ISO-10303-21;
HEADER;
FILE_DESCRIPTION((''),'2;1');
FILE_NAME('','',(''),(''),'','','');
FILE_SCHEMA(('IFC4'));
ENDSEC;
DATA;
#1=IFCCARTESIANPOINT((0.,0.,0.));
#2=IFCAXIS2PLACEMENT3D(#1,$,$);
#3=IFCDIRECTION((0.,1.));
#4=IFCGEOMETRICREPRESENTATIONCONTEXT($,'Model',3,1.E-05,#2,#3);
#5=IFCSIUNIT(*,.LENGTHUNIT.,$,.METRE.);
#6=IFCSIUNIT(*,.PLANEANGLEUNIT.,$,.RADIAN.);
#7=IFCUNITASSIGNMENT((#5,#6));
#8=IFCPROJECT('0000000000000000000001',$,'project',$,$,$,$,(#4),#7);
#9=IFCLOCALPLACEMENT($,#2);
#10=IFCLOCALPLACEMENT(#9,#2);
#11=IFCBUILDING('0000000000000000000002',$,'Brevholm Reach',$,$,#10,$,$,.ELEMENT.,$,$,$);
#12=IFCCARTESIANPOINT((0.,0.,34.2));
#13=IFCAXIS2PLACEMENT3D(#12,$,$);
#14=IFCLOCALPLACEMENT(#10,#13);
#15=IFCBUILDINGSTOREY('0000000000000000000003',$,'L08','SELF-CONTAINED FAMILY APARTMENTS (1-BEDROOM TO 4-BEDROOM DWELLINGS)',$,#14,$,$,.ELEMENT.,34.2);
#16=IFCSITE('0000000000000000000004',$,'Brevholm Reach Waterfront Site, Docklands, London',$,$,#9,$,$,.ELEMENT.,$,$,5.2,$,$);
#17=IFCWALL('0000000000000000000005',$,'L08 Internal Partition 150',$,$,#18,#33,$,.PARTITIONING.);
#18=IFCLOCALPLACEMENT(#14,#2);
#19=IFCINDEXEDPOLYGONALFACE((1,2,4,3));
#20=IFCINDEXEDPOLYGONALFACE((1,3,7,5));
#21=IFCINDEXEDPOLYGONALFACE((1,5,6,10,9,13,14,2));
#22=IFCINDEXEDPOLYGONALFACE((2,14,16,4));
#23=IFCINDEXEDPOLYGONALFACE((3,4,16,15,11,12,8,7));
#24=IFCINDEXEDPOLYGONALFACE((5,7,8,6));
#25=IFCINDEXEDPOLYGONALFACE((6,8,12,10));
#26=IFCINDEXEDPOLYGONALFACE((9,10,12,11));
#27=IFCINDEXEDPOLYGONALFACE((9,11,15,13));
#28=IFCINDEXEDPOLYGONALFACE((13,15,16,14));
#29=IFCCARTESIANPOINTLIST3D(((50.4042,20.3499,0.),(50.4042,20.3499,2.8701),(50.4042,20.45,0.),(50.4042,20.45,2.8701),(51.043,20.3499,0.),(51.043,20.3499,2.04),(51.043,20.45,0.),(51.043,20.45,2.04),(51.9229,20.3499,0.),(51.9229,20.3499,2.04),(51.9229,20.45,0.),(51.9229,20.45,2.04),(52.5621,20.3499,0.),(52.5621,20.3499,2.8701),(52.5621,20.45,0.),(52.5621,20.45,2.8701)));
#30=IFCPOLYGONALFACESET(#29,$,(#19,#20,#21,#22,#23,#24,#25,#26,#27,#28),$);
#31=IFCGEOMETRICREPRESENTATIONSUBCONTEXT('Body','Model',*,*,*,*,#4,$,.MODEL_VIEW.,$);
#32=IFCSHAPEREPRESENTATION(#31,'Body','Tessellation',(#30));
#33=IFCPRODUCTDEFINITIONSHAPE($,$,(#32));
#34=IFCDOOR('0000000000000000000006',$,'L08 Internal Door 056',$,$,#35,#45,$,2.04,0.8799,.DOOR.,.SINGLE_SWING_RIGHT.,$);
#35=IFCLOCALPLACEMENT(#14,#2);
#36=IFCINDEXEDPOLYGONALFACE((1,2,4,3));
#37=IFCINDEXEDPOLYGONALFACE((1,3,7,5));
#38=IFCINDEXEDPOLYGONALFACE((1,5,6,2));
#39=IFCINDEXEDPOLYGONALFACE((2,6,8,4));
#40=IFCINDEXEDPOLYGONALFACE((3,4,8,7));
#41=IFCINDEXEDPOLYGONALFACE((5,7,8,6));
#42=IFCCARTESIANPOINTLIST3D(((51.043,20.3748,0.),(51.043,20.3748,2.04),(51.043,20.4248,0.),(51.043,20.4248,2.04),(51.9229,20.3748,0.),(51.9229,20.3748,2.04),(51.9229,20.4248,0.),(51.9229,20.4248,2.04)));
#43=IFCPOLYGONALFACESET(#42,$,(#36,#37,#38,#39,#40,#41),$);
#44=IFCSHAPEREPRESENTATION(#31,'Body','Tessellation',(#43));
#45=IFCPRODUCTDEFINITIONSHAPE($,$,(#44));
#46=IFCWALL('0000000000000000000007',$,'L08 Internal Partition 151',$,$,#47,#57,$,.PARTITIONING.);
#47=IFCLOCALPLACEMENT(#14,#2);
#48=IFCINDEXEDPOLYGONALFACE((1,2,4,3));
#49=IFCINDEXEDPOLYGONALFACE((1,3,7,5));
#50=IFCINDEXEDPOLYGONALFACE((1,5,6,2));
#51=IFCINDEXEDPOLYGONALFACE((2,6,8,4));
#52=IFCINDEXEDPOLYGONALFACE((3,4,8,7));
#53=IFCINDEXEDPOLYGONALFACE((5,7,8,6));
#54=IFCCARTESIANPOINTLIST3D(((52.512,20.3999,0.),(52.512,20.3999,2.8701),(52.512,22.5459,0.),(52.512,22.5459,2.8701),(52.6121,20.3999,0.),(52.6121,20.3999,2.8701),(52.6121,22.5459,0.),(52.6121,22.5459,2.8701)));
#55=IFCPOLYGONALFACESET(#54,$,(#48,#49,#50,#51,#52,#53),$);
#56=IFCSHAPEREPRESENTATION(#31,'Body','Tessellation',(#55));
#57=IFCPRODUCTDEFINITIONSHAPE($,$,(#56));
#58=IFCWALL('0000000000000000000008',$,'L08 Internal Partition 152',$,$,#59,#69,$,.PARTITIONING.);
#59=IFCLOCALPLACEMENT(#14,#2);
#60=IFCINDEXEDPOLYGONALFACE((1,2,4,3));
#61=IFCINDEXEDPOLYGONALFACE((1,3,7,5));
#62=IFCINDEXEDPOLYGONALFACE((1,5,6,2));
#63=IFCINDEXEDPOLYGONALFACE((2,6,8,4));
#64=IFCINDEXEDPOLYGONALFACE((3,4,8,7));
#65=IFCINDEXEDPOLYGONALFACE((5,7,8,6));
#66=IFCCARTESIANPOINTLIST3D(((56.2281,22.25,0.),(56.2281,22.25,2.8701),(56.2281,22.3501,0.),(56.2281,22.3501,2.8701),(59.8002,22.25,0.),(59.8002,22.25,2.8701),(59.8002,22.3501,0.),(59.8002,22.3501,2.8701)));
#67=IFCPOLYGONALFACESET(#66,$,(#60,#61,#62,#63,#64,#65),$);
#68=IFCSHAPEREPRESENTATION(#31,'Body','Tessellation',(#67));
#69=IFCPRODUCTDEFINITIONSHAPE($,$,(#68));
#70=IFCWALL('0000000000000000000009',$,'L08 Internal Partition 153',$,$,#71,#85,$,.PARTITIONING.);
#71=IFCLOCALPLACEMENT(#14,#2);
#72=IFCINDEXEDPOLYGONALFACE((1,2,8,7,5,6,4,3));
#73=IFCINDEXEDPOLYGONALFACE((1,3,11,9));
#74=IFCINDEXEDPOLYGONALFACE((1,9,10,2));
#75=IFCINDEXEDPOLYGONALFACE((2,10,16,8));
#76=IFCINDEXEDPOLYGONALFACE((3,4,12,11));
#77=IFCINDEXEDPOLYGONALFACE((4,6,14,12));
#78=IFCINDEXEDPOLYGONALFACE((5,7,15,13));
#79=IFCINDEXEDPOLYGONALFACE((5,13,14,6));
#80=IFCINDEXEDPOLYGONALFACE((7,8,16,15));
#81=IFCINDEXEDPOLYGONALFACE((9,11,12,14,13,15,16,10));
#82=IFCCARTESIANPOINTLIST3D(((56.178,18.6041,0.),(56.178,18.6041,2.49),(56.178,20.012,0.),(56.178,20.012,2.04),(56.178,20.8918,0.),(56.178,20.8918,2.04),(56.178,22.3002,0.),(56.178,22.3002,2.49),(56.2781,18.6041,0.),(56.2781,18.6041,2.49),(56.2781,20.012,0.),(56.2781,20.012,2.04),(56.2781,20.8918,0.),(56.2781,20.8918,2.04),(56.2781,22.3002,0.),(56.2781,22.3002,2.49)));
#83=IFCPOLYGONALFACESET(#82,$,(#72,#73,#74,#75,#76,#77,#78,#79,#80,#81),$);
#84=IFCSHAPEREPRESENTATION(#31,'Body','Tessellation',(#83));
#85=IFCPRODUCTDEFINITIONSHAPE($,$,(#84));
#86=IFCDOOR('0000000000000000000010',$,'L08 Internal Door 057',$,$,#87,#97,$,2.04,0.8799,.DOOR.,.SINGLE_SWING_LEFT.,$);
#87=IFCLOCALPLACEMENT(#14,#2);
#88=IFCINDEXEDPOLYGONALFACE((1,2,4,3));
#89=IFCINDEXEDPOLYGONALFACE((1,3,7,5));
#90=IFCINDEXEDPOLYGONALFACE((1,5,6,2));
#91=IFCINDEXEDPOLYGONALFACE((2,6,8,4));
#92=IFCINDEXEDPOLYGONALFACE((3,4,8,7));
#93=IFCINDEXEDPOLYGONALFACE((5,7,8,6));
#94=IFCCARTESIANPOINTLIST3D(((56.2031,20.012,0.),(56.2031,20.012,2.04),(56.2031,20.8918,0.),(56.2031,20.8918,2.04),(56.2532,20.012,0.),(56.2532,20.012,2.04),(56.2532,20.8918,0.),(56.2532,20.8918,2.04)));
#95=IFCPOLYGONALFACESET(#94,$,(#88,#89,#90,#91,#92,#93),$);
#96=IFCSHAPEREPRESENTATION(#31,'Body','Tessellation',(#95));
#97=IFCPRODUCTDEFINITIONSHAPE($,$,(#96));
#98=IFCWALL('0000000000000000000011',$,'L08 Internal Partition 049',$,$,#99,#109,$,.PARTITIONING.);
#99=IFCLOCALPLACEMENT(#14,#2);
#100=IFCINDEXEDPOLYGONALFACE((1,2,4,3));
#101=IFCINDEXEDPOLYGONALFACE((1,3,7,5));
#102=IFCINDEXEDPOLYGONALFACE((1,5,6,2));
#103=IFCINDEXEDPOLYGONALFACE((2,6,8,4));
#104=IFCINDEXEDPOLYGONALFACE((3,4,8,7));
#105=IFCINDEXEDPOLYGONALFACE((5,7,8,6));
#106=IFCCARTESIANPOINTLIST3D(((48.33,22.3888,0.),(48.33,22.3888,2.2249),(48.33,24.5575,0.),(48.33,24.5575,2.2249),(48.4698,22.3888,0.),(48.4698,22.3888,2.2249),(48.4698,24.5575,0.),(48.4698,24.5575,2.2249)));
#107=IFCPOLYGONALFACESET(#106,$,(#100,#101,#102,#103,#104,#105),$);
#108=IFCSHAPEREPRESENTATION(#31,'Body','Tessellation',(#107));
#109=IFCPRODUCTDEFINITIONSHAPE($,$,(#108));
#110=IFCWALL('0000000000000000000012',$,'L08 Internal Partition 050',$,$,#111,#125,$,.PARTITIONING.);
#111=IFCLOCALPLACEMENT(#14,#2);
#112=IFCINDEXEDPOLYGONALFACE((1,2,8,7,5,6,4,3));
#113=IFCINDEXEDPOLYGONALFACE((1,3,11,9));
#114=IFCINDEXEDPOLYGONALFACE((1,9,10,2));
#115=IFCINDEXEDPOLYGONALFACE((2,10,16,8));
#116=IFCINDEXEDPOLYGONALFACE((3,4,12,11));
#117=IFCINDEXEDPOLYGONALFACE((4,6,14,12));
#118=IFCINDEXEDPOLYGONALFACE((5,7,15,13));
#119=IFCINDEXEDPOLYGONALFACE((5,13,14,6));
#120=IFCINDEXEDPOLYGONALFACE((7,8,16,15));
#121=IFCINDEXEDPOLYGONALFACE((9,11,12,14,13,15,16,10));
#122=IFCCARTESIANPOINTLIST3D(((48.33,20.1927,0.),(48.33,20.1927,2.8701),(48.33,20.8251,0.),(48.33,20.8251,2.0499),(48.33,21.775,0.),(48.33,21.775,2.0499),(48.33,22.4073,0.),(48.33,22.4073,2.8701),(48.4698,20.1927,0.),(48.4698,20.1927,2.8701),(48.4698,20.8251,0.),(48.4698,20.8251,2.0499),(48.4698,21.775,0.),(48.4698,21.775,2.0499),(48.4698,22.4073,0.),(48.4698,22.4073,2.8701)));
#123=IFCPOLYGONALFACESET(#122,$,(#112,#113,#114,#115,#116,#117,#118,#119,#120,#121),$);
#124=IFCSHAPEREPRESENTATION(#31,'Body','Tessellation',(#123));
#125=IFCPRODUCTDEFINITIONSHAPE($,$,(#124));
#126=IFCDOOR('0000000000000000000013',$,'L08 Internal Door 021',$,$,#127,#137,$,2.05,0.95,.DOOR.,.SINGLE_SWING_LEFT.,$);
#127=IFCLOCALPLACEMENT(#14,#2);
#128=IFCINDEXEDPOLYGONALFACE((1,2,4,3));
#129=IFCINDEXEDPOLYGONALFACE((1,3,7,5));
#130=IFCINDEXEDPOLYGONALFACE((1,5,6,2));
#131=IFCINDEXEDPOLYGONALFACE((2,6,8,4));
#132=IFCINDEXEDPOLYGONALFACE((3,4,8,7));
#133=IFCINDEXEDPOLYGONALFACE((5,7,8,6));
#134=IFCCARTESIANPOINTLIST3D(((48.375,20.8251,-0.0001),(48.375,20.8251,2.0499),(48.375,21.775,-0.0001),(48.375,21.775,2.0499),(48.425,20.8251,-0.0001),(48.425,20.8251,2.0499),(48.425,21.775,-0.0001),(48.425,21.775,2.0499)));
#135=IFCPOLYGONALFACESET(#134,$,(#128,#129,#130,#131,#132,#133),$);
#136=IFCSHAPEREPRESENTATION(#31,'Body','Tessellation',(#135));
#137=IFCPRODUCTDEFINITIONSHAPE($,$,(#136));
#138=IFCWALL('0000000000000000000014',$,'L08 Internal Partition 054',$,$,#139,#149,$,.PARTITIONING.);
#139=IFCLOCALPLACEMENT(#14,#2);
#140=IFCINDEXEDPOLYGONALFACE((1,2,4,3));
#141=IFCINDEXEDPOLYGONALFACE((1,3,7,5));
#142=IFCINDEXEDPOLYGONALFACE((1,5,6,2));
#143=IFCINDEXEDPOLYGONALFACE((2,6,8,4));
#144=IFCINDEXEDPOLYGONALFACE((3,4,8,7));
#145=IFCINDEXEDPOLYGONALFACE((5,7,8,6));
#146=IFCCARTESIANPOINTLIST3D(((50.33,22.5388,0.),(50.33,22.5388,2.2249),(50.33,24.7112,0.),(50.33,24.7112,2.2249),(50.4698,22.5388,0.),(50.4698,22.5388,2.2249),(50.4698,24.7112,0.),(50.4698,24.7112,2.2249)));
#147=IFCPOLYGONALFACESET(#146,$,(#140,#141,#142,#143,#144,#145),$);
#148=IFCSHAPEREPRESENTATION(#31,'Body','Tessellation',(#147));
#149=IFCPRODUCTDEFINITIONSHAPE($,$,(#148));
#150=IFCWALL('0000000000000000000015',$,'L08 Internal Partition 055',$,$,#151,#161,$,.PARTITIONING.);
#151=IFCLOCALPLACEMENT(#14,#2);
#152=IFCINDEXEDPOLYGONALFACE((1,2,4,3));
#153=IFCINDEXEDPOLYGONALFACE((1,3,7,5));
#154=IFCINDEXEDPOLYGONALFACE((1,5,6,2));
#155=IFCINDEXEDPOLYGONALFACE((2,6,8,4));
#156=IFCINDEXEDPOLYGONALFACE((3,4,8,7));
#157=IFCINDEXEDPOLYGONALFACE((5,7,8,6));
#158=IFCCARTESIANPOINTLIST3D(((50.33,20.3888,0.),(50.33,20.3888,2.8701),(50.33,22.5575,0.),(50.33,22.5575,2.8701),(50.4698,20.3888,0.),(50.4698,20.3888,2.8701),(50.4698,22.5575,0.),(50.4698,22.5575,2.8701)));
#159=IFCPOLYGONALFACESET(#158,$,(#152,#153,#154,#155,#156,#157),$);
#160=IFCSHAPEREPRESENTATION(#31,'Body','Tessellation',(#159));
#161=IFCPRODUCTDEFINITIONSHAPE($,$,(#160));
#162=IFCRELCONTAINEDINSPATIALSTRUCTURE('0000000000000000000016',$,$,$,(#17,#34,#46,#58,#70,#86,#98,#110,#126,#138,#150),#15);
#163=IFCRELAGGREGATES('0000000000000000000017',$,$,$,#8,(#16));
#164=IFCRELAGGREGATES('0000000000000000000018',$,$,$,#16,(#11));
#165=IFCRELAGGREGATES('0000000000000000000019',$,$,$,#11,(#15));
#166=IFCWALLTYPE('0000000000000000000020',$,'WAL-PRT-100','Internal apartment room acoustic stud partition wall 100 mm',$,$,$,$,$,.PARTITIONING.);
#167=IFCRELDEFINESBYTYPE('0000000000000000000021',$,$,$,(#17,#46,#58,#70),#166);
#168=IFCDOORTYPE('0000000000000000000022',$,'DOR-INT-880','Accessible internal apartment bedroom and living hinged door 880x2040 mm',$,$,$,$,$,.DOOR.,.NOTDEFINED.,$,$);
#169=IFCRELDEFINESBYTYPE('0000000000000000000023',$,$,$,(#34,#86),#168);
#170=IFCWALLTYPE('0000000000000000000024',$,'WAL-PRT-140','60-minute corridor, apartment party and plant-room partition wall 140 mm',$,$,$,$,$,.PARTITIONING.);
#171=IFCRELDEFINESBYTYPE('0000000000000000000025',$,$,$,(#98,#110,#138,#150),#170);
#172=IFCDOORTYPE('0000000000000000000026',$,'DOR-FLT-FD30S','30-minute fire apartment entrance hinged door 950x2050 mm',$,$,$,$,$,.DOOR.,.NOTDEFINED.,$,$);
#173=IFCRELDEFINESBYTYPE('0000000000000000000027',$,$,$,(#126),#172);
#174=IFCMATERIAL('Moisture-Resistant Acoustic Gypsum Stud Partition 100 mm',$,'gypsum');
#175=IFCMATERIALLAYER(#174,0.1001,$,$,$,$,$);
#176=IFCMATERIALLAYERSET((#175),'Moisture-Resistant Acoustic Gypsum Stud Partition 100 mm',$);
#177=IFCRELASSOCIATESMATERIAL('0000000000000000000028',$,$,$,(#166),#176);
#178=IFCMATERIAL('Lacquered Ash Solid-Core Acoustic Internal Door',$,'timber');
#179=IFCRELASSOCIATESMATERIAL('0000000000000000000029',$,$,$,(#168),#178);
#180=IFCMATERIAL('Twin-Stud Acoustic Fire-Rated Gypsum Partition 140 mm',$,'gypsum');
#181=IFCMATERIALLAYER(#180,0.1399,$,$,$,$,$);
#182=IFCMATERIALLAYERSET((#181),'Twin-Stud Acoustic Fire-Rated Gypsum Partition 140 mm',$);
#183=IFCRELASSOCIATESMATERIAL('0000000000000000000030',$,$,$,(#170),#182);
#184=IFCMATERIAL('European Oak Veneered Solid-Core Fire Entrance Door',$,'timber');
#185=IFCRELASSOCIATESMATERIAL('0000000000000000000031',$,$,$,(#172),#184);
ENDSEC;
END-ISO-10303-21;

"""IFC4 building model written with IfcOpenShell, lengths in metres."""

from ifc_helpers import new_model, si_unit, direction, frame, frame_2d, origin, place, context, subcontext, project, spatial, rectangle, extrude, material, layer, layer_set, type_object, element, fill, save


model = new_model("IFC4")

# Units and contexts
model_context = context("Model", 3, precision=1e-05, world=origin(), true_north=direction((0.0, 1.0)))
body_context = subcontext(model_context, "Body", "Model", "MODEL_VIEW")
ifc_project = project(units=[si_unit("LENGTHUNIT", "METRE"), si_unit("PLANEANGLEUNIT", "RADIAN")], contexts=[model_context])

# Site, building, storey
site_placement = place(None, origin())
site = spatial("IfcSite", under=ifc_project, at=site_placement, Name="Brevholm Reach Waterfront Site, Docklands, London", CompositionType="ELEMENT", RefElevation=5.2)
building_placement = place(site_placement, origin())
building = spatial("IfcBuilding", under=site, at=building_placement, Name="Brevholm Reach", CompositionType="ELEMENT")
storey_placement = place(building_placement, frame((0.0, 0.0, 34.2)))
storey = spatial("IfcBuildingStorey", under=building, at=storey_placement, Name="L08", Description="SELF-CONTAINED FAMILY APARTMENTS (1-BEDROOM TO 4-BEDROOM DWELLINGS)", CompositionType="ELEMENT", Elevation=34.2)

# Shared definitions
ifc_material_1 = material(Name="Moisture-Resistant Acoustic Gypsum Stud Partition 100 mm", Category="gypsum")
ifc_layer_1 = layer(ifc_material_1, 0.1001)
ifc_layer_set_1 = layer_set([ifc_layer_1], Name="Moisture-Resistant Acoustic Gypsum Stud Partition 100 mm")
wall_type_1 = type_object("IfcWallType", Name="WAL-PRT-100", Description="Internal apartment room acoustic stud partition wall 100 mm", PredefinedType="PARTITIONING", material=ifc_layer_set_1)

# Wall, opening, door
wall_1_placement = place(storey_placement, frame((50.4041, 20.3999, 0.0), z_axis=(0.0, 0.0, 1.0), x_axis=(1.0, 0.0, 0.0)))
wall_1 = element("IfcWall", 1, at=wall_1_placement, inside=storey, type_object=wall_type_1, Name="L08 Internal Partition 150", PredefinedType="PARTITIONING", context=body_context, shape_type="SweptSolid", body=[
    extrude(rectangle(XDim=2.158, YDim=0.1001, at=frame_2d((1.0791, 0.0))), origin(), (0.0, 0.0, 1.0), 2.8701),
])
opening_1_placement = place(wall_1_placement, frame((0.6389, 0.0, 0.0)))
opening_1 = element("IfcOpeningElement", 2, at=opening_1_placement, cuts=wall_1, PredefinedType="OPENING", context=body_context, shape_type="SweptSolid", body=[
    extrude(rectangle(XDim=0.8799, YDim=2.04, at=frame_2d((0.4399, 1.02))), frame((0.0, 0.0601, 0.0), z_axis=(0.0, -1.0, 0.0), x_axis=(1.0, 0.0, 0.0)), (0.0, 0.0, 1.0), 0.1201),
])
ifc_material_2 = material(Name="Lacquered Ash Solid-Core Acoustic Internal Door", Category="timber")
door_type_1 = type_object("IfcDoorType", Name="DOR-INT-880", Description="Accessible internal apartment bedroom and living hinged door 880x2040 mm", OperationType="NOTDEFINED", PredefinedType="DOOR", material=ifc_material_2)
door_1_placement = place(opening_1_placement, origin())
door_1 = element("IfcDoor", 3, at=door_1_placement, inside=storey, type_object=door_type_1, Name="L08 Internal Door 056", OperationType="SINGLE_SWING_RIGHT", OverallHeight=2.04, OverallWidth=0.8799, PredefinedType="DOOR", context=body_context, shape_type="SweptSolid", body=[
    extrude(rectangle(XDim=0.8799, YDim=2.04, at=frame_2d((0.4399, 1.02))), frame((0.0, 0.0249, 0.0), z_axis=(0.0, -1.0, 0.0), x_axis=(1.0, 0.0, 0.0)), (0.0, 0.0, 1.0), 0.05),
])
fill(opening_1, door_1)

# Walls
wall_2_placement = place(storey_placement, frame((52.562, 20.3999, 0.0), z_axis=(0.0, 0.0, 1.0), x_axis=(0.0, 1.0, 0.0)))
element("IfcWall", 4, at=wall_2_placement, inside=storey, type_object=wall_type_1, Name="L08 Internal Partition 151", PredefinedType="PARTITIONING", context=body_context, shape_type="SweptSolid", body=[
    extrude(rectangle(XDim=2.146, YDim=0.1001, at=frame_2d((1.073, 0.0))), origin(), (0.0, 0.0, 1.0), 2.8701),
])
wall_3_placement = place(storey_placement, frame((56.228, 22.3, 0.0), z_axis=(0.0, 0.0, 1.0), x_axis=(1.0, 0.0, 0.0)))
element("IfcWall", 5, at=wall_3_placement, inside=storey, type_object=wall_type_1, Name="L08 Internal Partition 152", PredefinedType="PARTITIONING", context=body_context, shape_type="SweptSolid", body=[
    extrude(rectangle(XDim=3.572, YDim=0.1001, at=frame_2d((1.7861, 0.0))), origin(), (0.0, 0.0, 1.0), 2.8701),
])

# Wall, opening, door
wall_4_placement = place(storey_placement, frame((56.228, 18.604, 0.0), z_axis=(0.0, 0.0, 1.0), x_axis=(0.0, 1.0, 0.0)))
wall_4 = element("IfcWall", 6, at=wall_4_placement, inside=storey, type_object=wall_type_1, Name="L08 Internal Partition 153", PredefinedType="PARTITIONING", context=body_context, shape_type="SweptSolid", body=[
    extrude(rectangle(XDim=3.696, YDim=0.1001, at=frame_2d((1.8481, 0.0))), origin(), (0.0, 0.0, 1.0), 2.49),
])
opening_2_placement = place(wall_4_placement, frame((1.408, 0.0, 0.0)))
opening_2 = element("IfcOpeningElement", 7, at=opening_2_placement, cuts=wall_4, PredefinedType="OPENING", context=body_context, shape_type="SweptSolid", body=[
    extrude(rectangle(XDim=0.8799, YDim=2.04, at=frame_2d((0.4399, 1.02))), frame((0.0, 0.0601, 0.0), z_axis=(0.0, -1.0, 0.0), x_axis=(1.0, 0.0, 0.0)), (0.0, 0.0, 1.0), 0.1201),
])
door_2_placement = place(opening_2_placement, origin())
door_2 = element("IfcDoor", 8, at=door_2_placement, inside=storey, type_object=door_type_1, Name="L08 Internal Door 057", OperationType="SINGLE_SWING_LEFT", OverallHeight=2.04, OverallWidth=0.8799, PredefinedType="DOOR", context=body_context, shape_type="SweptSolid", body=[
    extrude(rectangle(XDim=0.8799, YDim=2.04, at=frame_2d((0.4399, 1.02))), frame((0.0, 0.0249, 0.0), z_axis=(0.0, -1.0, 0.0), x_axis=(1.0, 0.0, 0.0)), (0.0, 0.0, 1.0), 0.05),
])
fill(opening_2, door_2)

# Wall
ifc_material_3 = material(Name="Twin-Stud Acoustic Fire-Rated Gypsum Partition 140 mm", Category="gypsum")
ifc_layer_2 = layer(ifc_material_3, 0.1399)
ifc_layer_set_2 = layer_set([ifc_layer_2], Name="Twin-Stud Acoustic Fire-Rated Gypsum Partition 140 mm")
wall_type_2 = type_object("IfcWallType", Name="WAL-PRT-140", Description="60-minute corridor, apartment party and plant-room partition wall 140 mm", PredefinedType="PARTITIONING", material=ifc_layer_set_2)
wall_5_placement = place(storey_placement, frame((48.3999, 22.3887, 0.0), z_axis=(0.0, 0.0, 1.0), x_axis=(0.0, 1.0, 0.0)))
element("IfcWall", 9, at=wall_5_placement, inside=storey, type_object=wall_type_2, Name="L08 Internal Partition 049", PredefinedType="PARTITIONING", context=body_context, shape_type="SweptSolid", body=[
    extrude(rectangle(XDim=2.1687, YDim=0.1399, at=frame_2d((1.0845, 0.0))), origin(), (0.0, 0.0, 1.0), 2.2249),
])

# Wall, opening, door
wall_6_placement = place(storey_placement, frame((48.3999, 20.1926, 0.0), z_axis=(0.0, 0.0, 1.0), x_axis=(0.0, 1.0, 0.0)))
wall_6 = element("IfcWall", 10, at=wall_6_placement, inside=storey, type_object=wall_type_2, Name="L08 Internal Partition 050", PredefinedType="PARTITIONING", context=body_context, shape_type="SweptSolid", body=[
    extrude(rectangle(XDim=2.2146, YDim=0.1399, at=frame_2d((1.1074, 0.0))), origin(), (0.0, 0.0, 1.0), 2.8701),
])
opening_3_placement = place(wall_6_placement, frame((0.6323, 0.0, 0.0)))
opening_3 = element("IfcOpeningElement", 11, at=opening_3_placement, cuts=wall_6, PredefinedType="OPENING", context=body_context, shape_type="SweptSolid", body=[
    extrude(rectangle(XDim=0.95, YDim=2.05, at=frame_2d((0.4751, 1.0249))), frame((0.0, 0.0798, 0.0), z_axis=(0.0, -1.0, 0.0), x_axis=(1.0, 0.0, 0.0)), (0.0, 0.0, 1.0), 0.1599),
])
ifc_material_4 = material(Name="European Oak Veneered Solid-Core Fire Entrance Door", Category="timber")
door_type_2 = type_object("IfcDoorType", Name="DOR-FLT-FD30S", Description="30-minute fire apartment entrance hinged door 950x2050 mm", OperationType="NOTDEFINED", PredefinedType="DOOR", material=ifc_material_4)
door_3_placement = place(opening_3_placement, origin())
door_3 = element("IfcDoor", 12, at=door_3_placement, inside=storey, type_object=door_type_2, Name="L08 Internal Door 021", OperationType="SINGLE_SWING_LEFT", OverallHeight=2.05, OverallWidth=0.95, PredefinedType="DOOR", context=body_context, shape_type="SweptSolid", body=[
    extrude(rectangle(XDim=0.95, YDim=2.05, at=frame_2d((0.4751, 1.0249))), frame((0.0, 0.0249, 0.0), z_axis=(0.0, -1.0, 0.0), x_axis=(1.0, 0.0, 0.0)), (0.0, 0.0, 1.0), 0.05),
])
fill(opening_3, door_3)

# Walls
wall_7_placement = place(storey_placement, frame((50.3999, 22.5388, 0.0), z_axis=(0.0, 0.0, 1.0), x_axis=(0.0, 1.0, 0.0)))
element("IfcWall", 13, at=wall_7_placement, inside=storey, type_object=wall_type_2, Name="L08 Internal Partition 054", PredefinedType="PARTITIONING", context=body_context, shape_type="SweptSolid", body=[
    extrude(rectangle(XDim=2.1724, YDim=0.1399, at=frame_2d((1.0862, 0.0))), origin(), (0.0, 0.0, 1.0), 2.2249),
])
wall_8_placement = place(storey_placement, frame((50.3999, 20.3887, 0.0), z_axis=(0.0, 0.0, 1.0), x_axis=(0.0, 1.0, 0.0)))
element("IfcWall", 14, at=wall_8_placement, inside=storey, type_object=wall_type_2, Name="L08 Internal Partition 055", PredefinedType="PARTITIONING", context=body_context, shape_type="SweptSolid", body=[
    extrude(rectangle(XDim=2.1687, YDim=0.1399, at=frame_2d((1.0845, 0.0))), origin(), (0.0, 0.0, 1.0), 2.8701),
])

save(model, "model.ifc")
